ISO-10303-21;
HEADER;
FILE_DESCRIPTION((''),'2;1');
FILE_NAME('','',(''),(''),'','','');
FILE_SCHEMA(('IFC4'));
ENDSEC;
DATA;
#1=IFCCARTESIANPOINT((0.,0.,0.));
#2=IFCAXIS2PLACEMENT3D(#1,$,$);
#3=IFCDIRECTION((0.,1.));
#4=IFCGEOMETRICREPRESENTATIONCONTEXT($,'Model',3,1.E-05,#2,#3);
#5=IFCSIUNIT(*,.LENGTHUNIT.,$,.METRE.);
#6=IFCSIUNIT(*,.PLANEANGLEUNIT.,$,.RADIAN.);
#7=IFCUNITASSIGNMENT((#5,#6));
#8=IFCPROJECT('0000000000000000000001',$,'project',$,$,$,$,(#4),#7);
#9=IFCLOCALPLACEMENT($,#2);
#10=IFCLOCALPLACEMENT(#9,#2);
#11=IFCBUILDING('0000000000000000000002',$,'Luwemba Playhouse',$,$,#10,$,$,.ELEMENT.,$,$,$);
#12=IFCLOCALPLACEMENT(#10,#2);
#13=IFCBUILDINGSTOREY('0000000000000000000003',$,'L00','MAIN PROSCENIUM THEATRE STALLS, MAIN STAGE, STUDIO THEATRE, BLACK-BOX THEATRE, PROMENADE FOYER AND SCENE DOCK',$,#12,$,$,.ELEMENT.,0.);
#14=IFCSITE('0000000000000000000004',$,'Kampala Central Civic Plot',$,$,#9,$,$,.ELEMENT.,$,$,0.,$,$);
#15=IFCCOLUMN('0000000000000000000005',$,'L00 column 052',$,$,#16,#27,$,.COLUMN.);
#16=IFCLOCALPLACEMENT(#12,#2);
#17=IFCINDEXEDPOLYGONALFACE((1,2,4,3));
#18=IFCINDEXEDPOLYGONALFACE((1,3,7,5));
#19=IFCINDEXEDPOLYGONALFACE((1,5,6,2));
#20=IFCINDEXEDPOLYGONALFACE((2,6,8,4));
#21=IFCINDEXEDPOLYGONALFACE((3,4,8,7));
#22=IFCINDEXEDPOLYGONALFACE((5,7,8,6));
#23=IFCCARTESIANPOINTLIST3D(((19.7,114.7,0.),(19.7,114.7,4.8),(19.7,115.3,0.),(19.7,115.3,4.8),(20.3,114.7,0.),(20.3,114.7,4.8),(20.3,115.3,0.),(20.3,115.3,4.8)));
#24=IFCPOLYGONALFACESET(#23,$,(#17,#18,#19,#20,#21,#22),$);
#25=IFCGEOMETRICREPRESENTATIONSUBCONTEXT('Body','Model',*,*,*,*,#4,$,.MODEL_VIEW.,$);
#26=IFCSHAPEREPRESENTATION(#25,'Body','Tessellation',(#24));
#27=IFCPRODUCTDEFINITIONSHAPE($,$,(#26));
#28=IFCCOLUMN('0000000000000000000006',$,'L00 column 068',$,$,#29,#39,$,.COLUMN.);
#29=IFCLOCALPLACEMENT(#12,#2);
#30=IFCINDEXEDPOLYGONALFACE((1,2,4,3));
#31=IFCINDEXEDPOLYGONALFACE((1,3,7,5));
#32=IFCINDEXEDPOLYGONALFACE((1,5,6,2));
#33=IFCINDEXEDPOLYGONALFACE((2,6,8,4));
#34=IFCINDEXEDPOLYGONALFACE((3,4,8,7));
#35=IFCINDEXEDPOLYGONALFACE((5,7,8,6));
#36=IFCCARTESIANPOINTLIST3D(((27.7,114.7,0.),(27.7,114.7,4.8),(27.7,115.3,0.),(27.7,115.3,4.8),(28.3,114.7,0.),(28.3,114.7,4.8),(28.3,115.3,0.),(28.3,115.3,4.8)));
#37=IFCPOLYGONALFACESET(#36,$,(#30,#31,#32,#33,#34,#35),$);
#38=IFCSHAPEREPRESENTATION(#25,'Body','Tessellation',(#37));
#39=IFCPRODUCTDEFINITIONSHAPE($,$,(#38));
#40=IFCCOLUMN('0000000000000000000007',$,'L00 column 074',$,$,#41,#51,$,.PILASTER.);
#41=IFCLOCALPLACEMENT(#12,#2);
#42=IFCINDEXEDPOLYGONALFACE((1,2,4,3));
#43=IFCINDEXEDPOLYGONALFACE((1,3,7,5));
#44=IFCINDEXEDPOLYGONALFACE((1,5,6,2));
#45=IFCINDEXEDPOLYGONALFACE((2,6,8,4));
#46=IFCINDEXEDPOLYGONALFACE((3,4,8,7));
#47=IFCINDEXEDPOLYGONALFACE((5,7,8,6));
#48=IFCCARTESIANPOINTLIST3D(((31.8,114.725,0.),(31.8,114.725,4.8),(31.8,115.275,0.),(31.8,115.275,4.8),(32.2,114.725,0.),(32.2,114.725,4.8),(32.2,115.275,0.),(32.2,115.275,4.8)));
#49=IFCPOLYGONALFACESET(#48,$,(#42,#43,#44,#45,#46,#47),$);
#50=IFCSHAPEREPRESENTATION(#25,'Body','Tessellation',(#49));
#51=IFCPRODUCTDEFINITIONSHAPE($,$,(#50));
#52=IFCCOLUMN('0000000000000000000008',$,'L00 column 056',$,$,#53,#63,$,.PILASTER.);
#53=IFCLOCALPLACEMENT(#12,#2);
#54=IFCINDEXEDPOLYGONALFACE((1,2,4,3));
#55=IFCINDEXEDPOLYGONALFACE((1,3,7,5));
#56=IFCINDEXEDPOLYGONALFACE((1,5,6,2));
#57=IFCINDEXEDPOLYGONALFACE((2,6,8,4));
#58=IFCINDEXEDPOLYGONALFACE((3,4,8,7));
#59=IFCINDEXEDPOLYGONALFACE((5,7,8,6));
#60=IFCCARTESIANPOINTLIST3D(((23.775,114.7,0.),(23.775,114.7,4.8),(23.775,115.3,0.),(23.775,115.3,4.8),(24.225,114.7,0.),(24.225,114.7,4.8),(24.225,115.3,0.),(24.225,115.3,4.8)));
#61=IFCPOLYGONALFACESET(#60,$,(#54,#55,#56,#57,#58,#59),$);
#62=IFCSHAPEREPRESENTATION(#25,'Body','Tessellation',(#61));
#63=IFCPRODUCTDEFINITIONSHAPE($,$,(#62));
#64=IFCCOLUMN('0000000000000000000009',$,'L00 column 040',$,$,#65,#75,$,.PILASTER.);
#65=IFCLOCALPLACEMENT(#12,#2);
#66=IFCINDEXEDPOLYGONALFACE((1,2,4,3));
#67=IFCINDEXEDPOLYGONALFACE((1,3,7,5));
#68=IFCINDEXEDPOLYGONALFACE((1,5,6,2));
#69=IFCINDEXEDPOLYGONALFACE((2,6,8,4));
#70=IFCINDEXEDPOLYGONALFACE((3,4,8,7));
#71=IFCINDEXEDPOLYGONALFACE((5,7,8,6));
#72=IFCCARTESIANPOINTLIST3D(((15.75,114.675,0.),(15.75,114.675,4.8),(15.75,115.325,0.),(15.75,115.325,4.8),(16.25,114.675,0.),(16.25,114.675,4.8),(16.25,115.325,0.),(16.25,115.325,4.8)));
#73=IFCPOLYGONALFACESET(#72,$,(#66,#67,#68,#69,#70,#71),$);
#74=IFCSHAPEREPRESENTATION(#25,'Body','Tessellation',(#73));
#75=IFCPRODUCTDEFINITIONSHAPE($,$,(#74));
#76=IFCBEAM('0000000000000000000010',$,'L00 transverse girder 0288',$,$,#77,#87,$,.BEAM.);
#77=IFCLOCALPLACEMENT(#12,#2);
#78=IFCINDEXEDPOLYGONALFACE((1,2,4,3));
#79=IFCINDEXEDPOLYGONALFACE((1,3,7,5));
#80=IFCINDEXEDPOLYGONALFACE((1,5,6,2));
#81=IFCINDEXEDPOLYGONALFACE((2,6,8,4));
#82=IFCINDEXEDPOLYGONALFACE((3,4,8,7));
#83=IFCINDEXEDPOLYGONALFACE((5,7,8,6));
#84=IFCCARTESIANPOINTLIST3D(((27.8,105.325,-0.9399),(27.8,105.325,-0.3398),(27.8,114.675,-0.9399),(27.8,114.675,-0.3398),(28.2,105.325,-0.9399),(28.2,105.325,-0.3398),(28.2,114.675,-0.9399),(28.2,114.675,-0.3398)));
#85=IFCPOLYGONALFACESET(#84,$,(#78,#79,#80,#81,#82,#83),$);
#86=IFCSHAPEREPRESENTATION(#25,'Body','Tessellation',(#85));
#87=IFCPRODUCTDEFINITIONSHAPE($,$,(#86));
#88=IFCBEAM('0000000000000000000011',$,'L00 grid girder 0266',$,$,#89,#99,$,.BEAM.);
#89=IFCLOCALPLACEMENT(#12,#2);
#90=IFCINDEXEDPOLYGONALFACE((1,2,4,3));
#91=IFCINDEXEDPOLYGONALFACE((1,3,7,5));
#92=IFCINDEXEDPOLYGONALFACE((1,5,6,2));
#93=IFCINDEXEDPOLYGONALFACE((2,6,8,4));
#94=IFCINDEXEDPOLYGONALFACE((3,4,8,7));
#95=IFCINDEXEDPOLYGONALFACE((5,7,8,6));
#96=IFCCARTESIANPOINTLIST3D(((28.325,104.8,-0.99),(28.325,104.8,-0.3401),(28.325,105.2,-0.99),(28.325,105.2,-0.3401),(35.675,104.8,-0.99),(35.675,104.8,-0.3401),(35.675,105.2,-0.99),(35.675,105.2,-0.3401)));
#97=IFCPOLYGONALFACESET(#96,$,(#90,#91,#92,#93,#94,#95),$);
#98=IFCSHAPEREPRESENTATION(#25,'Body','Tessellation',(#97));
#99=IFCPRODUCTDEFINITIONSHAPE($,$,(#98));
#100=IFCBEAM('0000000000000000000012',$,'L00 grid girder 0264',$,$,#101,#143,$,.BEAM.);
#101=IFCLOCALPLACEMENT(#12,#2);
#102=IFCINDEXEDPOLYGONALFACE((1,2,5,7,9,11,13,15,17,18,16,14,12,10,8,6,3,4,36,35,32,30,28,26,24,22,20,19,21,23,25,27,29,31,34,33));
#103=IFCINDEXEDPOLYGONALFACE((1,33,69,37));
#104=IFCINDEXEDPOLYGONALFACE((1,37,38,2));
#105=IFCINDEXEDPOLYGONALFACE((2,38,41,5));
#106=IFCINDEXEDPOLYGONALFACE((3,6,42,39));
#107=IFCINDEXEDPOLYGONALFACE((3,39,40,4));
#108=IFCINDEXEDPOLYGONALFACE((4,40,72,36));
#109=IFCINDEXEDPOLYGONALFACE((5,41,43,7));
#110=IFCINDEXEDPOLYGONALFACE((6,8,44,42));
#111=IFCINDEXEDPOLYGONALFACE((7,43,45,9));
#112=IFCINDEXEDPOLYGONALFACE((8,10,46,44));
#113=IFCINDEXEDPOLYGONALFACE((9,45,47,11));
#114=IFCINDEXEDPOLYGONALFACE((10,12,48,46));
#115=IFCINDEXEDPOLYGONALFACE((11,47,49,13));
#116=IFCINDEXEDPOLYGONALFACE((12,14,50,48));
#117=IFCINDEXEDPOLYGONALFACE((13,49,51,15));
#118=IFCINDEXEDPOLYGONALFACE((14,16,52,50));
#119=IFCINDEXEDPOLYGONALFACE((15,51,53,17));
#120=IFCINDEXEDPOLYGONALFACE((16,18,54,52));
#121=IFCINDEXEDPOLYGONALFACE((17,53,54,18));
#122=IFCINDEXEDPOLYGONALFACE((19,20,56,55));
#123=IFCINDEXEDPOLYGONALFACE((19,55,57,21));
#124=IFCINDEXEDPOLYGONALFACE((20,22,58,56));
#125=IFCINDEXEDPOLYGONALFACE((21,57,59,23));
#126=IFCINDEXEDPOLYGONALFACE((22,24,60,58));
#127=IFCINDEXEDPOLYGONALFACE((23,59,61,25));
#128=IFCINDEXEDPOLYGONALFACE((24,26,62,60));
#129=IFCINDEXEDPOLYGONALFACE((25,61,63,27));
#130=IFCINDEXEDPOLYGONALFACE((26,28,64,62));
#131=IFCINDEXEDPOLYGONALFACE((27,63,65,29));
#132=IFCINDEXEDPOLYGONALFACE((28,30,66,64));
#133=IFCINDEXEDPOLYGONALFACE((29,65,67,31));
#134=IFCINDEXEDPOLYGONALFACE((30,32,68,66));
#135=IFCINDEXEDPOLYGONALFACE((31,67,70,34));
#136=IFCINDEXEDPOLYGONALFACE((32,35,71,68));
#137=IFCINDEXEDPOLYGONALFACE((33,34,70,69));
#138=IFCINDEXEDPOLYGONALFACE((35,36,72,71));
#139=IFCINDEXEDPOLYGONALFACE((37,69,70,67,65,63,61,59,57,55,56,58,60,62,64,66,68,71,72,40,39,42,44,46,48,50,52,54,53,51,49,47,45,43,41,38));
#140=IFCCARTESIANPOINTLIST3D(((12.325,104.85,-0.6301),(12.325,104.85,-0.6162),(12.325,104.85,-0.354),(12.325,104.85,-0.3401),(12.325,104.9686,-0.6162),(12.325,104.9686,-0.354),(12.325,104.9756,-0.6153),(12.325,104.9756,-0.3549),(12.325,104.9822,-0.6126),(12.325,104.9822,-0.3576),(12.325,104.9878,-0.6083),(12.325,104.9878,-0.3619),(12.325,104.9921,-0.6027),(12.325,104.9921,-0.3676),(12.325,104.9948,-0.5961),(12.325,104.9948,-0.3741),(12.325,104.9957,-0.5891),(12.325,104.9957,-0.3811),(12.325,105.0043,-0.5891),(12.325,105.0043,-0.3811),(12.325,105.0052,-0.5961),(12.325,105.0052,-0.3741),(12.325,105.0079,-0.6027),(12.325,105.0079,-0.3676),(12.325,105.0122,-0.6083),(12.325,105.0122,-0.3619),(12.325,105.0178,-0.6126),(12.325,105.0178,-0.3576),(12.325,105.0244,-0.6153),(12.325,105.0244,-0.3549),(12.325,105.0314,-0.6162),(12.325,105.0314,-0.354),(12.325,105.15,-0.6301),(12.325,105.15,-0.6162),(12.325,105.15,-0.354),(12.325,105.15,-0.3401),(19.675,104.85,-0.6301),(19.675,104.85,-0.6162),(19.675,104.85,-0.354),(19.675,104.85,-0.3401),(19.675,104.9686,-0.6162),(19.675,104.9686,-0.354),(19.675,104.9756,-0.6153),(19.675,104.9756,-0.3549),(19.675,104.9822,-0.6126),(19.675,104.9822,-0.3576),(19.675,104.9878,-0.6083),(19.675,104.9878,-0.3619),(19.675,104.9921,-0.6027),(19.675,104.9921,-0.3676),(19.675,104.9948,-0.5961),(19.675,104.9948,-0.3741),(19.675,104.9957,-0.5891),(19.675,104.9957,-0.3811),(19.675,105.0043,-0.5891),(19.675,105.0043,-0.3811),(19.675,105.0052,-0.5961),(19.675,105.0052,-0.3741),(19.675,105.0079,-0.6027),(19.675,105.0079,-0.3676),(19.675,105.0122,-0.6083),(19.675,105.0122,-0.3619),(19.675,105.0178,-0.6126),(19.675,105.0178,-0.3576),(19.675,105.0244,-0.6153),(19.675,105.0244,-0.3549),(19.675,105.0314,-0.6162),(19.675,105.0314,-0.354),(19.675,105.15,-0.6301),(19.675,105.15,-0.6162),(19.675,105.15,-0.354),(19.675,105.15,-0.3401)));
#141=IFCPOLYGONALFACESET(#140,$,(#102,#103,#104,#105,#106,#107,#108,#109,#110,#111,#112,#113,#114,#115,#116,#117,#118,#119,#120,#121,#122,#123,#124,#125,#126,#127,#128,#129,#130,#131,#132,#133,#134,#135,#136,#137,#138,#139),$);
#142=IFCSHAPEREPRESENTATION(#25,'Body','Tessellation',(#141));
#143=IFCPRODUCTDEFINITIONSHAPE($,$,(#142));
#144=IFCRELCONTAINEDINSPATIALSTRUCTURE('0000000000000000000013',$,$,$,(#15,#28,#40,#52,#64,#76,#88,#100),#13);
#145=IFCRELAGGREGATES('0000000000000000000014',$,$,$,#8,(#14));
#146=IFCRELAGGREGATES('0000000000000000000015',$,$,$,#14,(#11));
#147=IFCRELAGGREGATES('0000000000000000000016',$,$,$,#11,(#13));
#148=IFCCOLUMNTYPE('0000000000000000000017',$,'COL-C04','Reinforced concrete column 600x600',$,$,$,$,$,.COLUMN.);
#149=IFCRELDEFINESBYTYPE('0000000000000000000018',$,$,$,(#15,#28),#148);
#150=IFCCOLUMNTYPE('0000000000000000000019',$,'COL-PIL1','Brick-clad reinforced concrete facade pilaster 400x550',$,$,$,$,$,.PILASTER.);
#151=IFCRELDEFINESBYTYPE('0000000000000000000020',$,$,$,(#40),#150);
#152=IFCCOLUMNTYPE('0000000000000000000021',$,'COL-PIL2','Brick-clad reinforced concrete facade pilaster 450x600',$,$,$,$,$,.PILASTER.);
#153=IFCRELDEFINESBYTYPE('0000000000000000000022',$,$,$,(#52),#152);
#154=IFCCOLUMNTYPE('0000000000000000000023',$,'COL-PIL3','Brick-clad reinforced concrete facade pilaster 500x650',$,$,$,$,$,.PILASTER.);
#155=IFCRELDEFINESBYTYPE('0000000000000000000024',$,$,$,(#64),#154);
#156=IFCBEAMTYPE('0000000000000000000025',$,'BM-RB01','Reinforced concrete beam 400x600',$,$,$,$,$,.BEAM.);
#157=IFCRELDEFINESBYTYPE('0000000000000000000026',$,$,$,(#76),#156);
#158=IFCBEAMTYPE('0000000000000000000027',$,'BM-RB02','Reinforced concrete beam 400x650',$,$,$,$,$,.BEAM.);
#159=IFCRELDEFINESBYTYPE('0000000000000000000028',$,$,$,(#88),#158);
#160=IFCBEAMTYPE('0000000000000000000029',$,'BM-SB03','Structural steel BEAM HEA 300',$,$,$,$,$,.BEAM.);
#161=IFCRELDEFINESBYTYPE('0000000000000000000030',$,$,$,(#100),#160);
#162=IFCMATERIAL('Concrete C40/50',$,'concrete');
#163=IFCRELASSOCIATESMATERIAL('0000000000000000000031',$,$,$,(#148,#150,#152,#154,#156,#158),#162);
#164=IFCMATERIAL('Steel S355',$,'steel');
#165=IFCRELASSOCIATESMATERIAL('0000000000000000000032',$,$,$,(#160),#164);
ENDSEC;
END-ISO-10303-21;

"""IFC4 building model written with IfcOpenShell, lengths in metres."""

from ifc_helpers import new_model, si_unit, direction, frame, origin, origin_2d, place, context, subcontext, project, spatial, rectangle, i_section, extrude, material, material_profile, profile_set, type_object, element, save


model = new_model("IFC4")

# Units and contexts
model_context = context("Model", 3, precision=1e-05, world=origin(), true_north=direction((0.0, 1.0)))
body_context = subcontext(model_context, "Body", "Model", "MODEL_VIEW")
ifc_project = project(units=[si_unit("LENGTHUNIT", "METRE"), si_unit("PLANEANGLEUNIT", "RADIAN")], contexts=[model_context])

# Site, building, storey
site_placement = place(None, origin())
site = spatial("IfcSite", under=ifc_project, at=site_placement, Name="Kampala Central Civic Plot", CompositionType="ELEMENT", RefElevation=0.0)
building_placement = place(site_placement, origin())
building = spatial("IfcBuilding", under=site, at=building_placement, Name="Luwemba Playhouse", CompositionType="ELEMENT")
storey_placement = place(building_placement, origin())
storey = spatial("IfcBuildingStorey", under=building, at=storey_placement, Name="L00", Description="MAIN PROSCENIUM THEATRE STALLS, MAIN STAGE, STUDIO THEATRE, BLACK-BOX THEATRE, PROMENADE FOYER AND SCENE DOCK", CompositionType="ELEMENT", Elevation=0.0)

# Columns
ifc_material_1 = material(Name="Concrete C40/50", Category="concrete")
ifc_material_profile_1 = material_profile(ifc_material_1, rectangle(XDim=0.6001, YDim=0.6001, at=origin_2d()))
ifc_profile_set_1 = profile_set([ifc_material_profile_1], Name="Concrete C40/50")
column_type_1 = type_object("IfcColumnType", Name="COL-C04", Description="Reinforced concrete column 600x600", PredefinedType="COLUMN", material=ifc_profile_set_1)
for number, where, z_axis, x_axis, name in (
    (1, (20.0, 115.0, 0.0), (0.0, 0.0, 1.0), (1.0, 0.0, 0.0), "L00 column 052"),
    (2, (28.0, 115.0, 0.0), (0.0, 0.0, 1.0), (1.0, 0.0, 0.0), "L00 column 068"),
):
    element("IfcColumn", number, at=place(storey_placement, frame(where, z_axis=z_axis, x_axis=x_axis)), inside=storey, type_object=column_type_1, Name=name, PredefinedType="COLUMN", context=body_context, shape_type="SweptSolid", body=[
        extrude(rectangle(XDim=0.6001, YDim=0.6001, at=origin_2d()), origin(), (0.0, 0.0, 1.0), 4.8),
    ])
ifc_material_profile_2 = material_profile(ifc_material_1, rectangle(XDim=0.3999, YDim=0.55, at=origin_2d()))
ifc_profile_set_2 = profile_set([ifc_material_profile_2], Name="Concrete C40/50")
column_type_2 = type_object("IfcColumnType", Name="COL-PIL1", Description="Brick-clad reinforced concrete facade pilaster 400x550", PredefinedType="PILASTER", material=ifc_profile_set_2)
column_1_placement = place(storey_placement, frame((32.0, 115.0, 0.0), z_axis=(0.0, 0.0, 1.0), x_axis=(1.0, 0.0, 0.0)))
element("IfcColumn", 3, at=column_1_placement, inside=storey, type_object=column_type_2, Name="L00 column 074", PredefinedType="PILASTER", context=body_context, shape_type="SweptSolid", body=[
    extrude(rectangle(XDim=0.3999, YDim=0.55, at=origin_2d()), origin(), (0.0, 0.0, 1.0), 4.8),
])
ifc_material_profile_3 = material_profile(ifc_material_1, rectangle(XDim=0.45, YDim=0.6001, at=origin_2d()))
ifc_profile_set_3 = profile_set([ifc_material_profile_3], Name="Concrete C40/50")
column_type_3 = type_object("IfcColumnType", Name="COL-PIL2", Description="Brick-clad reinforced concrete facade pilaster 450x600", PredefinedType="PILASTER", material=ifc_profile_set_3)
column_2_placement = place(storey_placement, frame((24.0, 115.0, 0.0), z_axis=(0.0, 0.0, 1.0), x_axis=(1.0, 0.0, 0.0)))
element("IfcColumn", 4, at=column_2_placement, inside=storey, type_object=column_type_3, Name="L00 column 056", PredefinedType="PILASTER", context=body_context, shape_type="SweptSolid", body=[
    extrude(rectangle(XDim=0.45, YDim=0.6001, at=origin_2d()), origin(), (0.0, 0.0, 1.0), 4.8),
])
ifc_material_profile_4 = material_profile(ifc_material_1, rectangle(XDim=0.5, YDim=0.6499, at=origin_2d()))
ifc_profile_set_4 = profile_set([ifc_material_profile_4], Name="Concrete C40/50")
column_type_4 = type_object("IfcColumnType", Name="COL-PIL3", Description="Brick-clad reinforced concrete facade pilaster 500x650", PredefinedType="PILASTER", material=ifc_profile_set_4)
column_3_placement = place(storey_placement, frame((16.0, 115.0, 0.0), z_axis=(0.0, 0.0, 1.0), x_axis=(1.0, 0.0, 0.0)))
element("IfcColumn", 5, at=column_3_placement, inside=storey, type_object=column_type_4, Name="L00 column 040", PredefinedType="PILASTER", context=body_context, shape_type="SweptSolid", body=[
    extrude(rectangle(XDim=0.5, YDim=0.6499, at=origin_2d()), origin(), (0.0, 0.0, 1.0), 4.8),
])

# Beams
ifc_material_profile_5 = material_profile(ifc_material_1, rectangle(XDim=0.3999, YDim=0.6001, at=origin_2d()))
ifc_profile_set_5 = profile_set([ifc_material_profile_5], Name="Concrete C40/50")
beam_type_1 = type_object("IfcBeamType", Name="BM-RB01", Description="Reinforced concrete beam 400x600", PredefinedType="BEAM", material=ifc_profile_set_5)
beam_1_placement = place(storey_placement, frame((28.0, 105.325, -0.6399), z_axis=(0.0, 1.0, 0.0), x_axis=(-1.0, 0.0, 0.0)))
element("IfcBeam", 6, at=beam_1_placement, inside=storey, type_object=beam_type_1, Name="L00 transverse girder 0288", PredefinedType="BEAM", context=body_context, shape_type="SweptSolid", body=[
    extrude(rectangle(XDim=0.3999, YDim=0.6001, at=origin_2d()), origin(), (0.0, 0.0, 1.0), 9.3501),
])
ifc_material_profile_6 = material_profile(ifc_material_1, rectangle(XDim=0.3999, YDim=0.6499, at=origin_2d()))
ifc_profile_set_6 = profile_set([ifc_material_profile_6], Name="Concrete C40/50")
beam_type_2 = type_object("IfcBeamType", Name="BM-RB02", Description="Reinforced concrete beam 400x650", PredefinedType="BEAM", material=ifc_profile_set_6)
beam_2_placement = place(storey_placement, frame((28.325, 105.0, -0.665), z_axis=(1.0, 0.0, 0.0), x_axis=(0.0, 1.0, 0.0)))
element("IfcBeam", 7, at=beam_2_placement, inside=storey, type_object=beam_type_2, Name="L00 grid girder 0266", PredefinedType="BEAM", context=body_context, shape_type="SweptSolid", body=[
    extrude(rectangle(XDim=0.3999, YDim=0.6499, at=origin_2d()), origin(), (0.0, 0.0, 1.0), 7.3501),
])
ifc_material_2 = material(Name="Steel S355", Category="steel")
ifc_material_profile_7 = material_profile(ifc_material_2, i_section(OverallWidth=0.3, OverallDepth=0.29, WebThickness=0.0085, FlangeThickness=0.0139, FilletRadius=0.0271, at=origin_2d()))
ifc_profile_set_7 = profile_set([ifc_material_profile_7], Name="Steel S355")
beam_type_3 = type_object("IfcBeamType", Name="BM-SB03", Description="Structural steel BEAM HEA 300", PredefinedType="BEAM", material=ifc_profile_set_7)
beam_3_placement = place(storey_placement, frame((12.325, 105.0, -0.4851), z_axis=(1.0, 0.0, 0.0), x_axis=(0.0, 1.0, 0.0)))
element("IfcBeam", 8, at=beam_3_placement, inside=storey, type_object=beam_type_3, Name="L00 grid girder 0264", PredefinedType="BEAM", context=body_context, shape_type="SweptSolid", body=[
    extrude(i_section(OverallWidth=0.3, OverallDepth=0.29, WebThickness=0.0085, FlangeThickness=0.0139, FilletRadius=0.0271, at=origin_2d()), origin(), (0.0, 0.0, 1.0), 7.3501),
])

save(model, "model.ifc")
